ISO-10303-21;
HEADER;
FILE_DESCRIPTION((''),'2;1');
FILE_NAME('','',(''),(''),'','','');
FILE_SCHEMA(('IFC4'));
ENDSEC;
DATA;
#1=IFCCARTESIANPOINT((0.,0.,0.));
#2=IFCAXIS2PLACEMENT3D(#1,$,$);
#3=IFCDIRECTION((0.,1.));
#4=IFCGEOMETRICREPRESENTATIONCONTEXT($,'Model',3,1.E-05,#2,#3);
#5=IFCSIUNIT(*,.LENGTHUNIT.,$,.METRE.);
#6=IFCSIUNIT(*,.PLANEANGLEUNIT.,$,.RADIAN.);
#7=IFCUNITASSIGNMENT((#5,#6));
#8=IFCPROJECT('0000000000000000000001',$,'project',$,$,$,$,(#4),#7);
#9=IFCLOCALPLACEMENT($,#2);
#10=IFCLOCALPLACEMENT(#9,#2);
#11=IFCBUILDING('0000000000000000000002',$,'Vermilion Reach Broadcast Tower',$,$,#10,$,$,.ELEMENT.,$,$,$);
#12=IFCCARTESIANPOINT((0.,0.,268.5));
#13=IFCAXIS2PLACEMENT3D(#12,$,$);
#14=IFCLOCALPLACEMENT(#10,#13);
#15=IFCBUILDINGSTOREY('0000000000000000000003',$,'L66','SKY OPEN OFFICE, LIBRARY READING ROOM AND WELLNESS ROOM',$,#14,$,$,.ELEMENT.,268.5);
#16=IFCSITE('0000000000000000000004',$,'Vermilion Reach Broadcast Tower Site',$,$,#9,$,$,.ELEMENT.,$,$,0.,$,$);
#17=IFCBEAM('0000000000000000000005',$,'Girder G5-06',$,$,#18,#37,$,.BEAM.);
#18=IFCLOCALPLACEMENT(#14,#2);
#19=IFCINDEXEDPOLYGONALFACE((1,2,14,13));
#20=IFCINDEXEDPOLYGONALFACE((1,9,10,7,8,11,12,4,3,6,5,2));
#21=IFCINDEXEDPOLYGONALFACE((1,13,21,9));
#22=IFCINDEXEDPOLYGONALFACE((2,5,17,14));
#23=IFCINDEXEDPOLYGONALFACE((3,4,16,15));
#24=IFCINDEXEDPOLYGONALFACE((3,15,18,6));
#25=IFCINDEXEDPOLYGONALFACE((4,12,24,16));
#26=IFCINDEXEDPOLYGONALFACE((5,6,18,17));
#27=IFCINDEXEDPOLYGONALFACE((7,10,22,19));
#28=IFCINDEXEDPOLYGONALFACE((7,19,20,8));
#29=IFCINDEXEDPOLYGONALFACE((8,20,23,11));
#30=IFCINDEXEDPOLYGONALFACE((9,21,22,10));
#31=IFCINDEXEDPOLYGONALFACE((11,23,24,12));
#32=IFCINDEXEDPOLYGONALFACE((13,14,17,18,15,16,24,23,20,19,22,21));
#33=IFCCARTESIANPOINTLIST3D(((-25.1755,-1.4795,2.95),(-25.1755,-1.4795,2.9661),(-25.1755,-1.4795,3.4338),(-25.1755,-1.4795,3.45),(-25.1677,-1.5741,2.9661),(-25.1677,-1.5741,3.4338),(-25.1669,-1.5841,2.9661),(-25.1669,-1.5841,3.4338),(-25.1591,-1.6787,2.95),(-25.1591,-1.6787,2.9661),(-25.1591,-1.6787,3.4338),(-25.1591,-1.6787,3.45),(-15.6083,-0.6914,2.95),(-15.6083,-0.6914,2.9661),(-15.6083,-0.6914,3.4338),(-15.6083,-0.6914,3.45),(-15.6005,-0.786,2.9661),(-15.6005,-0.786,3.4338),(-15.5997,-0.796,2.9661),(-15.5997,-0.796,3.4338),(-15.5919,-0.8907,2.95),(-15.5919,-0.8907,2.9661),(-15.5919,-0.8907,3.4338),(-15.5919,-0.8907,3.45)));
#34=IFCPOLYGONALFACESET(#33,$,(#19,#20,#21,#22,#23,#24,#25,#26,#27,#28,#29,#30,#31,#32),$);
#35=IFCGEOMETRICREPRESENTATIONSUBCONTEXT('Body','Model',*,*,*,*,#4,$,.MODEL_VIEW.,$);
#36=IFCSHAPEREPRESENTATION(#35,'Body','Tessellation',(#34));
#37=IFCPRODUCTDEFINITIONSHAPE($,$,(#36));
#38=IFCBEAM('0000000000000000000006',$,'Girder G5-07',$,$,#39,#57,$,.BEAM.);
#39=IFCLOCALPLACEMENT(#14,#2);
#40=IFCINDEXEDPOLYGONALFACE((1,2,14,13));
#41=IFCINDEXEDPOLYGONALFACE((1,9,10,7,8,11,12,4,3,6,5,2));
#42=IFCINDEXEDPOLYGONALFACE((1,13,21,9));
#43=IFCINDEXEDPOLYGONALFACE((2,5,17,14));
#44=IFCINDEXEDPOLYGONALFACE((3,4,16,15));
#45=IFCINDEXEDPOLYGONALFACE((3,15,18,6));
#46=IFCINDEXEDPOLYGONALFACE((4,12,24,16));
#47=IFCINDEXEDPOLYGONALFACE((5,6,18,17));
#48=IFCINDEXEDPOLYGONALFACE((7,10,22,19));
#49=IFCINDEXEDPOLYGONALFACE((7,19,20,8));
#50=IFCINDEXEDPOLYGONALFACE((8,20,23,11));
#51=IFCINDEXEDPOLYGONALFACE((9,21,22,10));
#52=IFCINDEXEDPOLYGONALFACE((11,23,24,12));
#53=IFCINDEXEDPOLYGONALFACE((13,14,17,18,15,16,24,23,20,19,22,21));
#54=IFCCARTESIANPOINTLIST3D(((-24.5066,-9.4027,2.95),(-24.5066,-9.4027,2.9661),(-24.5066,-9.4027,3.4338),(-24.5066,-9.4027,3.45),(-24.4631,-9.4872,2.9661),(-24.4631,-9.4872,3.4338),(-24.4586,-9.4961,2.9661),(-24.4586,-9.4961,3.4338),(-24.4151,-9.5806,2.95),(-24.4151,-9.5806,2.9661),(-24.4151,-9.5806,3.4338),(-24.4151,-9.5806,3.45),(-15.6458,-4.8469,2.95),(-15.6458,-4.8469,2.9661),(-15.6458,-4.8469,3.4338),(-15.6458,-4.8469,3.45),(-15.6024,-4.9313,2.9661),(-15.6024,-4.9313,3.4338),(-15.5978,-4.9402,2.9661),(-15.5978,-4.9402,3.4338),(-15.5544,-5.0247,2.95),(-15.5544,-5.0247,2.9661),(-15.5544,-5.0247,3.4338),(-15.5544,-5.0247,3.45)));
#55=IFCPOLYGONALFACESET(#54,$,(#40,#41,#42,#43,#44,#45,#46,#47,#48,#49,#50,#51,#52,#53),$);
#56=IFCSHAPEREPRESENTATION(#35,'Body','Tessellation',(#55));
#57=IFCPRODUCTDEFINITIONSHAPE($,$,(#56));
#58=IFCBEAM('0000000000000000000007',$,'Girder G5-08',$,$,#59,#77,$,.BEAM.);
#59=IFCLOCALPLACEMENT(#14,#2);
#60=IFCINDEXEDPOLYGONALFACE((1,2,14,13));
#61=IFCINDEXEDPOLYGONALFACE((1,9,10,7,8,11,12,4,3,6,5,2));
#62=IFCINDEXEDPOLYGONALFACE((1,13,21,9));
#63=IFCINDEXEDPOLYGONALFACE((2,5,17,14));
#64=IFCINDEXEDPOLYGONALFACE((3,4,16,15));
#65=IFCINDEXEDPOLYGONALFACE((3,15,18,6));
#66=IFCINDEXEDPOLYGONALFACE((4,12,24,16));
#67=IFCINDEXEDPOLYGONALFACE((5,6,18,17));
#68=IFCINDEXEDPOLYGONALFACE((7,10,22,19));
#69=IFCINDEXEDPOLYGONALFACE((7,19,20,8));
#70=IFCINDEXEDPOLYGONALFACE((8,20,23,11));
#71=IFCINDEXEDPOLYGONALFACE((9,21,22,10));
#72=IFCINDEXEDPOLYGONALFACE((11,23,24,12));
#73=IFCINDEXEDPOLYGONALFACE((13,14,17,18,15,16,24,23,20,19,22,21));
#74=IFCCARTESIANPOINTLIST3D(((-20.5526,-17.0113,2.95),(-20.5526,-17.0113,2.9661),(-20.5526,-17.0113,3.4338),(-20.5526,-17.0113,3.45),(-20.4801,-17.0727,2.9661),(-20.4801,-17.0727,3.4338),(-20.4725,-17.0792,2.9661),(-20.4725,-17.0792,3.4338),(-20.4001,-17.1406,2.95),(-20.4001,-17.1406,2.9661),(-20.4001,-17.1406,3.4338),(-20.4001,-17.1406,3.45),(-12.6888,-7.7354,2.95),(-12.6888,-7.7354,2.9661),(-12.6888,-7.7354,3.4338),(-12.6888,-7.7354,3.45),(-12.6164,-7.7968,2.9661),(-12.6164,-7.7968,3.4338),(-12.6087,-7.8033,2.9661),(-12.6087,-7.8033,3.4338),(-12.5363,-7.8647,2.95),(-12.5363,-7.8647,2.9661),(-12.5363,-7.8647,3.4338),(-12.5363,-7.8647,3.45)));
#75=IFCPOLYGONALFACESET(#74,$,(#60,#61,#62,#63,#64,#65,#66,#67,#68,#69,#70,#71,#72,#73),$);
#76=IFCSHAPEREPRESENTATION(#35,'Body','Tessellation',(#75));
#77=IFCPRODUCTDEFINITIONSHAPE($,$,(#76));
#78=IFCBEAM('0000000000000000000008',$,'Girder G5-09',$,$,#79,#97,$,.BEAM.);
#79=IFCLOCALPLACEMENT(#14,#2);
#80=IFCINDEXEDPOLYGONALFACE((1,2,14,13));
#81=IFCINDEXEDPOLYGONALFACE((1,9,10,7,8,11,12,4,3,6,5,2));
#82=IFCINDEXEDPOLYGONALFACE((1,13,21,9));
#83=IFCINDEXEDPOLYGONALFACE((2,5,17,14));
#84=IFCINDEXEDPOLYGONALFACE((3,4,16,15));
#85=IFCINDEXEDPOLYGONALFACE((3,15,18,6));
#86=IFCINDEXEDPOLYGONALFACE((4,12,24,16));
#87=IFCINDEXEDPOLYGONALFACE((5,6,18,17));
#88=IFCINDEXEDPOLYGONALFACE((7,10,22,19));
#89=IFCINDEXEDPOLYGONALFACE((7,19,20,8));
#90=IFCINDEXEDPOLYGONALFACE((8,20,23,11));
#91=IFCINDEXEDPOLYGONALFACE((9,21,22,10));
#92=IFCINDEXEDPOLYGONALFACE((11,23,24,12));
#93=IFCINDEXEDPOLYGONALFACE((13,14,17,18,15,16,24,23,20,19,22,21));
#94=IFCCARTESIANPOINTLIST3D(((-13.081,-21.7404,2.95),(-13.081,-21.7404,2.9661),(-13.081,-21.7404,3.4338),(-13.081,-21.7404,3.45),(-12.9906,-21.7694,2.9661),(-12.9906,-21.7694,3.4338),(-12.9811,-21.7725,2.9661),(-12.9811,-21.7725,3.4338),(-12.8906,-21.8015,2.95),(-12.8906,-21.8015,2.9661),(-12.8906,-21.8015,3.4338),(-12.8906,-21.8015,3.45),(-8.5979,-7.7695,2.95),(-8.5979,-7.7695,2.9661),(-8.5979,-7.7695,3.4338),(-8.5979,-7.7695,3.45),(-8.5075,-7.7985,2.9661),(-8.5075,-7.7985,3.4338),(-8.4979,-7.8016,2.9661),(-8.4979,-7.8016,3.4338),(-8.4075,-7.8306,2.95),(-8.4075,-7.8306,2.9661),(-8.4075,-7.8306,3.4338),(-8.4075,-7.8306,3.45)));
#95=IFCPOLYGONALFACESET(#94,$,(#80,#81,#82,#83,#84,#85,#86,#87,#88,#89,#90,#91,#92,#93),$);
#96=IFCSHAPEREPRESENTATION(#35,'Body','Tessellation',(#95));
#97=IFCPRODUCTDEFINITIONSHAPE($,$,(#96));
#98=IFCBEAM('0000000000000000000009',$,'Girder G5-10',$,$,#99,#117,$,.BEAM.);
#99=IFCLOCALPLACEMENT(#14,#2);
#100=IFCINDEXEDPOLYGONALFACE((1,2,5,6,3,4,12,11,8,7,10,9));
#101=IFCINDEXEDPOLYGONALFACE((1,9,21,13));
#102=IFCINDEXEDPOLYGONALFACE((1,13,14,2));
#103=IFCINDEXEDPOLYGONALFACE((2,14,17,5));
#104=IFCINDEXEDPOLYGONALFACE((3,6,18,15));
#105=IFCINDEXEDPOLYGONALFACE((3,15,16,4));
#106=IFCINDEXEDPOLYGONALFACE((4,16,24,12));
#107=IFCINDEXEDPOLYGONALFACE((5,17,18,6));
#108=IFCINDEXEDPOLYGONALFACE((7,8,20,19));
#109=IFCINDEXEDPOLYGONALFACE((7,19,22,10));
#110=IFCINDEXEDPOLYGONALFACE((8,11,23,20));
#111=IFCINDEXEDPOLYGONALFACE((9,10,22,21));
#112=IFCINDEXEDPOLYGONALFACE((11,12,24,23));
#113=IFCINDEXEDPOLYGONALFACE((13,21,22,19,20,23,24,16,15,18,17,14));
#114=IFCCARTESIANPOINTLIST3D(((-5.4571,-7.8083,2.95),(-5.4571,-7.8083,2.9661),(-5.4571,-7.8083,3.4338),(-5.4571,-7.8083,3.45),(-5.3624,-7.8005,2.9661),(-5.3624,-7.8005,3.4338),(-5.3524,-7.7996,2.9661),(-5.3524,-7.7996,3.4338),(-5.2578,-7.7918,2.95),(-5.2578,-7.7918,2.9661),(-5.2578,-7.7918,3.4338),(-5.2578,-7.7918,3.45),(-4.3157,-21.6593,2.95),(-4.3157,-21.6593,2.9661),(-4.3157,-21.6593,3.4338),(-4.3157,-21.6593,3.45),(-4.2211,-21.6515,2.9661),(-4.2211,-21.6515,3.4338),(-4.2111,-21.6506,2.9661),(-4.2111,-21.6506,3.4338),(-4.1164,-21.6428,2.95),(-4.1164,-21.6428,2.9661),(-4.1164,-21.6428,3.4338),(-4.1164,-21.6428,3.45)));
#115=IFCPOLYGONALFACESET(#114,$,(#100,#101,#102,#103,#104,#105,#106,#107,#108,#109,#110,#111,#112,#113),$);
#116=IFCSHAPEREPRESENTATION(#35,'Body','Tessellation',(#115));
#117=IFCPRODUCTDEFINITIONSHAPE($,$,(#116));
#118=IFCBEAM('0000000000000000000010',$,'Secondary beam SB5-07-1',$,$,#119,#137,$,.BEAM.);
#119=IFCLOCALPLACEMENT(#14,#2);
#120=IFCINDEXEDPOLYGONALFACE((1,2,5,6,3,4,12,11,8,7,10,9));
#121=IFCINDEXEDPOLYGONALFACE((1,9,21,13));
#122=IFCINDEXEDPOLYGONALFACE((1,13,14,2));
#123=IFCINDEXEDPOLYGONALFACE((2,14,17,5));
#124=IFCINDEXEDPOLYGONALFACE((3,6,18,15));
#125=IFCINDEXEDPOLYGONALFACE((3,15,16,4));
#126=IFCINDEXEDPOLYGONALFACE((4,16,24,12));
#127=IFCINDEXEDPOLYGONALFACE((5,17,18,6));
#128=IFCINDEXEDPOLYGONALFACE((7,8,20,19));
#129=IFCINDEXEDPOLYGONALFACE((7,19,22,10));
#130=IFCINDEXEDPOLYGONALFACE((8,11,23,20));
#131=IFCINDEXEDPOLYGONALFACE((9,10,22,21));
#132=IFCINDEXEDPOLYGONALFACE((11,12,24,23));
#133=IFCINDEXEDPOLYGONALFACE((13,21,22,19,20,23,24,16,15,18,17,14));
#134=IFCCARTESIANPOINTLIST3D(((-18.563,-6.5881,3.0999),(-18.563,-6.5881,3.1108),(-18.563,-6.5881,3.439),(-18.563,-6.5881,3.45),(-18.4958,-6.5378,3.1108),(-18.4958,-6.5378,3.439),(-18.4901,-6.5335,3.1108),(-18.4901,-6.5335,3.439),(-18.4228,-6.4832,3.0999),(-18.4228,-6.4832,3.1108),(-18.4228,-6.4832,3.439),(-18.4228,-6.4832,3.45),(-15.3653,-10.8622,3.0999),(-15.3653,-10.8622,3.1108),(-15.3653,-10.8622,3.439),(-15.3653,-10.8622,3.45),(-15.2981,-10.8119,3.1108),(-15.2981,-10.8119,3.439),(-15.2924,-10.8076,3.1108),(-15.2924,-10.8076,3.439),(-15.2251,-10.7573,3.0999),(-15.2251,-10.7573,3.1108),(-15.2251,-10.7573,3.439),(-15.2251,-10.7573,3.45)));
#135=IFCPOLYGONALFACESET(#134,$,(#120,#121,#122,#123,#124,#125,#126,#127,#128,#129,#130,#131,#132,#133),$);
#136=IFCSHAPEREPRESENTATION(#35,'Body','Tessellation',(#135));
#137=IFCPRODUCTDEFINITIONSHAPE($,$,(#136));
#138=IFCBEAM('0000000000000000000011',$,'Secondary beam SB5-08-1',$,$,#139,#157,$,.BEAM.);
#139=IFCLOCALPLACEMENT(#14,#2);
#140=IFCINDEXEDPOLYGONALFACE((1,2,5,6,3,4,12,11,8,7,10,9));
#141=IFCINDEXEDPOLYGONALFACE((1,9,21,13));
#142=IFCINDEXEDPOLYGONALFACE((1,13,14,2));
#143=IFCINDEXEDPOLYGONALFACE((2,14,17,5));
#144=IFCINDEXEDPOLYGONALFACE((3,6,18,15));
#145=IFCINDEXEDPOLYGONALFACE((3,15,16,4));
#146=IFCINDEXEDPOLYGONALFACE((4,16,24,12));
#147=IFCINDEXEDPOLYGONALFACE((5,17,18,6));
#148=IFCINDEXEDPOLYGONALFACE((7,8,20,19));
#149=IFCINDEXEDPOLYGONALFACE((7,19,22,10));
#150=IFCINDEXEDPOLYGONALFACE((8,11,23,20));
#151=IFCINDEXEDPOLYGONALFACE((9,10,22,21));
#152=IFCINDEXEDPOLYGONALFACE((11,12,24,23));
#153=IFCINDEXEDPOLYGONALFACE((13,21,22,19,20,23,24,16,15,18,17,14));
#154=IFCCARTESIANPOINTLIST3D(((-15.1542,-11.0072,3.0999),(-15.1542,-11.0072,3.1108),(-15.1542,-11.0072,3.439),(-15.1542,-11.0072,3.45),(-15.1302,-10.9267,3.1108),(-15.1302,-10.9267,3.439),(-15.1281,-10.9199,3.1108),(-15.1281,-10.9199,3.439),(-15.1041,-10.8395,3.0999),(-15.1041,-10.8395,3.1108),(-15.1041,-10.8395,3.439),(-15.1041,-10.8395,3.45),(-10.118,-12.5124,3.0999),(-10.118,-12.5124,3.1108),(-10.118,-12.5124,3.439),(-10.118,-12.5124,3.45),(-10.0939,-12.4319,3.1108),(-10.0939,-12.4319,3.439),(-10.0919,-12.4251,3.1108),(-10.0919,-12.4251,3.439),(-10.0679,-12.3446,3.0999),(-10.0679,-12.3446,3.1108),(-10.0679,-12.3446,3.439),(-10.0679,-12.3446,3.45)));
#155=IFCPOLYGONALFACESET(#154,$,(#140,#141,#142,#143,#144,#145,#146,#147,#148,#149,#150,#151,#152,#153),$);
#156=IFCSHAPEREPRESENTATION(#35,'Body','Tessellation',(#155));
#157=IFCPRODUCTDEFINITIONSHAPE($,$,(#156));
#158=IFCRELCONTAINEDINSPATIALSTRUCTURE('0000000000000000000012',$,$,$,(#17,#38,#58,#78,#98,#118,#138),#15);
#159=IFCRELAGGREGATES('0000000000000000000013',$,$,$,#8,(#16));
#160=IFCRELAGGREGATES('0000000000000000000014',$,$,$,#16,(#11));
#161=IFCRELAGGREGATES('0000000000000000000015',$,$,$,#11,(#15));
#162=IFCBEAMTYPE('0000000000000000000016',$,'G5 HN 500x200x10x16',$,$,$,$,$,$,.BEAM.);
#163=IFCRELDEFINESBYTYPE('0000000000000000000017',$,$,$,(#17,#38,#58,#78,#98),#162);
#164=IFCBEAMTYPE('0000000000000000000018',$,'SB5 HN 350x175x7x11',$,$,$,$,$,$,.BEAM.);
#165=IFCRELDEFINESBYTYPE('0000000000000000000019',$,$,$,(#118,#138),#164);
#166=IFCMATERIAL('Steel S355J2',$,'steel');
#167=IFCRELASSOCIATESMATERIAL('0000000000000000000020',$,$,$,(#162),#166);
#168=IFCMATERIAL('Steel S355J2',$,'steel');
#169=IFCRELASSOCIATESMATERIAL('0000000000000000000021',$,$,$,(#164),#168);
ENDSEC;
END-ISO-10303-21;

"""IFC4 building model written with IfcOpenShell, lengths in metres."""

from ifc_helpers import new_model, si_unit, direction, frame, origin, origin_2d, place, context, subcontext, project, spatial, i_section, extrude, material, material_profile, profile_set, type_object, element, save


model = new_model("IFC4")

# Units and contexts
model_context = context("Model", 3, precision=1e-05, world=origin(), true_north=direction((0.0, 1.0)))
body_context = subcontext(model_context, "Body", "Model", "MODEL_VIEW")
ifc_project = project(units=[si_unit("LENGTHUNIT", "METRE"), si_unit("PLANEANGLEUNIT", "RADIAN")], contexts=[model_context])

# Site, building, storey
site_placement = place(None, origin())
site = spatial("IfcSite", under=ifc_project, at=site_placement, Name="Vermilion Reach Broadcast Tower Site", CompositionType="ELEMENT", RefElevation=0.0)
building_placement = place(site_placement, origin())
building = spatial("IfcBuilding", under=site, at=building_placement, Name="Vermilion Reach Broadcast Tower", CompositionType="ELEMENT")
storey_placement = place(building_placement, frame((0.0, 0.0, 268.5)))
storey = spatial("IfcBuildingStorey", under=building, at=storey_placement, Name="L66", Description="SKY OPEN OFFICE, LIBRARY READING ROOM AND WELLNESS ROOM", CompositionType="ELEMENT", Elevation=268.5)

# Beams
ifc_material_1 = material(Name="Steel S355J2", Category="steel")
ifc_material_profile_1 = material_profile(ifc_material_1, i_section(OverallWidth=0.2, OverallDepth=0.5, WebThickness=0.01, FlangeThickness=0.0161, at=origin_2d()), Name="S355J2 HN 500x200x10x16")
ifc_profile_set_1 = profile_set([ifc_material_profile_1], Name="Steel S355J2")
beam_type_1 = type_object("IfcBeamType", Name="G5 HN 500x200x10x16", PredefinedType="BEAM", material=ifc_profile_set_1)
beam_1_placement = place(storey_placement, frame((-15.6001, -0.791, 3.2), z_axis=(-0.996624, -0.082096, 0.0), x_axis=(0.082096, -0.996624, 0.0)))
element("IfcBeam", 1, at=beam_1_placement, inside=storey, type_object=beam_type_1, Name="Girder G5-06", PredefinedType="BEAM", context=body_context, shape_type="SweptSolid", body=[
    extrude(i_section(OverallWidth=0.2, OverallDepth=0.5, WebThickness=0.01, FlangeThickness=0.0161, at=origin_2d()), origin(), (0.0, 0.0, 1.0), 9.5996),
])
beam_2_placement = place(storey_placement, frame((-15.6001, -4.9358, 3.2), z_axis=(-0.889333, -0.457261, 0.0), x_axis=(0.457261, -0.889333, 0.0)))
element("IfcBeam", 2, at=beam_2_placement, inside=storey, type_object=beam_type_1, Name="Girder G5-07", PredefinedType="BEAM", context=body_context, shape_type="SweptSolid", body=[
    extrude(i_section(OverallWidth=0.2, OverallDepth=0.5, WebThickness=0.01, FlangeThickness=0.0161, at=origin_2d()), origin(), (0.0, 0.0, 1.0), 9.9634),
])
beam_3_placement = place(storey_placement, frame((-12.6125, -7.8, 3.2), z_axis=(-0.646658, -0.76278, 0.0), x_axis=(0.76278, -0.646658, 0.0)))
element("IfcBeam", 3, at=beam_3_placement, inside=storey, type_object=beam_type_1, Name="Girder G5-08", PredefinedType="BEAM", context=body_context, shape_type="SweptSolid", body=[
    extrude(i_section(OverallWidth=0.2, OverallDepth=0.5, WebThickness=0.01, FlangeThickness=0.0161, at=origin_2d()), origin(), (0.0, 0.0, 1.0), 12.1606),
])
beam_4_placement = place(storey_placement, frame((-8.5027, -7.8, 3.2), z_axis=(-0.305545, -0.952178, 0.0), x_axis=(0.952178, -0.305545, 0.0)))
element("IfcBeam", 4, at=beam_4_placement, inside=storey, type_object=beam_type_1, Name="Girder G5-09", PredefinedType="BEAM", context=body_context, shape_type="SweptSolid", body=[
    extrude(i_section(OverallWidth=0.2, OverallDepth=0.5, WebThickness=0.01, FlangeThickness=0.0161, at=origin_2d()), origin(), (0.0, 0.0, 1.0), 14.6726),
])
beam_5_placement = place(storey_placement, frame((-5.3574, -7.8, 3.2), z_axis=(0.082124, -0.996622, 0.0), x_axis=(0.996622, 0.082124, 0.0)))
element("IfcBeam", 5, at=beam_5_placement, inside=storey, type_object=beam_type_1, Name="Girder G5-10", PredefinedType="BEAM", context=body_context, shape_type="SweptSolid", body=[
    extrude(i_section(OverallWidth=0.2, OverallDepth=0.5, WebThickness=0.01, FlangeThickness=0.0161, at=origin_2d()), origin(), (0.0, 0.0, 1.0), 13.8979),
])
ifc_material_2 = material(Name="Steel S355J2", Category="steel")
ifc_material_profile_2 = material_profile(ifc_material_2, i_section(OverallWidth=0.175, OverallDepth=0.3501, WebThickness=0.0071, FlangeThickness=0.011, at=origin_2d()), Name="S355J2 HN 350x175x7x11")
ifc_profile_set_2 = profile_set([ifc_material_profile_2], Name="Steel S355J2")
beam_type_2 = type_object("IfcBeamType", Name="SB5 HN 350x175x7x11", PredefinedType="BEAM", material=ifc_profile_set_2)
beam_6_placement = place(storey_placement, frame((-18.4929, -6.5356, 3.2749), z_axis=(0.599056, -0.800707, 0.0), x_axis=(0.800707, 0.599056, 0.0)))
element("IfcBeam", 6, at=beam_6_placement, inside=storey, type_object=beam_type_2, Name="Secondary beam SB5-07-1", PredefinedType="BEAM", context=body_context, shape_type="SweptSolid", body=[
    extrude(i_section(OverallWidth=0.175, OverallDepth=0.3501, WebThickness=0.0071, FlangeThickness=0.011, at=origin_2d()), origin(), (0.0, 0.0, 1.0), 5.3379),
])
beam_7_placement = place(storey_placement, frame((-15.1292, -10.9233, 3.2749), z_axis=(0.958125, -0.286351, 0.0), x_axis=(0.286351, 0.958125, 0.0)))
element("IfcBeam", 7, at=beam_7_placement, inside=storey, type_object=beam_type_2, Name="Secondary beam SB5-08-1", PredefinedType="BEAM", context=body_context, shape_type="SweptSolid", body=[
    extrude(i_section(OverallWidth=0.175, OverallDepth=0.3501, WebThickness=0.0071, FlangeThickness=0.011, at=origin_2d()), origin(), (0.0, 0.0, 1.0), 5.2563),
])

save(model, "model.ifc")
